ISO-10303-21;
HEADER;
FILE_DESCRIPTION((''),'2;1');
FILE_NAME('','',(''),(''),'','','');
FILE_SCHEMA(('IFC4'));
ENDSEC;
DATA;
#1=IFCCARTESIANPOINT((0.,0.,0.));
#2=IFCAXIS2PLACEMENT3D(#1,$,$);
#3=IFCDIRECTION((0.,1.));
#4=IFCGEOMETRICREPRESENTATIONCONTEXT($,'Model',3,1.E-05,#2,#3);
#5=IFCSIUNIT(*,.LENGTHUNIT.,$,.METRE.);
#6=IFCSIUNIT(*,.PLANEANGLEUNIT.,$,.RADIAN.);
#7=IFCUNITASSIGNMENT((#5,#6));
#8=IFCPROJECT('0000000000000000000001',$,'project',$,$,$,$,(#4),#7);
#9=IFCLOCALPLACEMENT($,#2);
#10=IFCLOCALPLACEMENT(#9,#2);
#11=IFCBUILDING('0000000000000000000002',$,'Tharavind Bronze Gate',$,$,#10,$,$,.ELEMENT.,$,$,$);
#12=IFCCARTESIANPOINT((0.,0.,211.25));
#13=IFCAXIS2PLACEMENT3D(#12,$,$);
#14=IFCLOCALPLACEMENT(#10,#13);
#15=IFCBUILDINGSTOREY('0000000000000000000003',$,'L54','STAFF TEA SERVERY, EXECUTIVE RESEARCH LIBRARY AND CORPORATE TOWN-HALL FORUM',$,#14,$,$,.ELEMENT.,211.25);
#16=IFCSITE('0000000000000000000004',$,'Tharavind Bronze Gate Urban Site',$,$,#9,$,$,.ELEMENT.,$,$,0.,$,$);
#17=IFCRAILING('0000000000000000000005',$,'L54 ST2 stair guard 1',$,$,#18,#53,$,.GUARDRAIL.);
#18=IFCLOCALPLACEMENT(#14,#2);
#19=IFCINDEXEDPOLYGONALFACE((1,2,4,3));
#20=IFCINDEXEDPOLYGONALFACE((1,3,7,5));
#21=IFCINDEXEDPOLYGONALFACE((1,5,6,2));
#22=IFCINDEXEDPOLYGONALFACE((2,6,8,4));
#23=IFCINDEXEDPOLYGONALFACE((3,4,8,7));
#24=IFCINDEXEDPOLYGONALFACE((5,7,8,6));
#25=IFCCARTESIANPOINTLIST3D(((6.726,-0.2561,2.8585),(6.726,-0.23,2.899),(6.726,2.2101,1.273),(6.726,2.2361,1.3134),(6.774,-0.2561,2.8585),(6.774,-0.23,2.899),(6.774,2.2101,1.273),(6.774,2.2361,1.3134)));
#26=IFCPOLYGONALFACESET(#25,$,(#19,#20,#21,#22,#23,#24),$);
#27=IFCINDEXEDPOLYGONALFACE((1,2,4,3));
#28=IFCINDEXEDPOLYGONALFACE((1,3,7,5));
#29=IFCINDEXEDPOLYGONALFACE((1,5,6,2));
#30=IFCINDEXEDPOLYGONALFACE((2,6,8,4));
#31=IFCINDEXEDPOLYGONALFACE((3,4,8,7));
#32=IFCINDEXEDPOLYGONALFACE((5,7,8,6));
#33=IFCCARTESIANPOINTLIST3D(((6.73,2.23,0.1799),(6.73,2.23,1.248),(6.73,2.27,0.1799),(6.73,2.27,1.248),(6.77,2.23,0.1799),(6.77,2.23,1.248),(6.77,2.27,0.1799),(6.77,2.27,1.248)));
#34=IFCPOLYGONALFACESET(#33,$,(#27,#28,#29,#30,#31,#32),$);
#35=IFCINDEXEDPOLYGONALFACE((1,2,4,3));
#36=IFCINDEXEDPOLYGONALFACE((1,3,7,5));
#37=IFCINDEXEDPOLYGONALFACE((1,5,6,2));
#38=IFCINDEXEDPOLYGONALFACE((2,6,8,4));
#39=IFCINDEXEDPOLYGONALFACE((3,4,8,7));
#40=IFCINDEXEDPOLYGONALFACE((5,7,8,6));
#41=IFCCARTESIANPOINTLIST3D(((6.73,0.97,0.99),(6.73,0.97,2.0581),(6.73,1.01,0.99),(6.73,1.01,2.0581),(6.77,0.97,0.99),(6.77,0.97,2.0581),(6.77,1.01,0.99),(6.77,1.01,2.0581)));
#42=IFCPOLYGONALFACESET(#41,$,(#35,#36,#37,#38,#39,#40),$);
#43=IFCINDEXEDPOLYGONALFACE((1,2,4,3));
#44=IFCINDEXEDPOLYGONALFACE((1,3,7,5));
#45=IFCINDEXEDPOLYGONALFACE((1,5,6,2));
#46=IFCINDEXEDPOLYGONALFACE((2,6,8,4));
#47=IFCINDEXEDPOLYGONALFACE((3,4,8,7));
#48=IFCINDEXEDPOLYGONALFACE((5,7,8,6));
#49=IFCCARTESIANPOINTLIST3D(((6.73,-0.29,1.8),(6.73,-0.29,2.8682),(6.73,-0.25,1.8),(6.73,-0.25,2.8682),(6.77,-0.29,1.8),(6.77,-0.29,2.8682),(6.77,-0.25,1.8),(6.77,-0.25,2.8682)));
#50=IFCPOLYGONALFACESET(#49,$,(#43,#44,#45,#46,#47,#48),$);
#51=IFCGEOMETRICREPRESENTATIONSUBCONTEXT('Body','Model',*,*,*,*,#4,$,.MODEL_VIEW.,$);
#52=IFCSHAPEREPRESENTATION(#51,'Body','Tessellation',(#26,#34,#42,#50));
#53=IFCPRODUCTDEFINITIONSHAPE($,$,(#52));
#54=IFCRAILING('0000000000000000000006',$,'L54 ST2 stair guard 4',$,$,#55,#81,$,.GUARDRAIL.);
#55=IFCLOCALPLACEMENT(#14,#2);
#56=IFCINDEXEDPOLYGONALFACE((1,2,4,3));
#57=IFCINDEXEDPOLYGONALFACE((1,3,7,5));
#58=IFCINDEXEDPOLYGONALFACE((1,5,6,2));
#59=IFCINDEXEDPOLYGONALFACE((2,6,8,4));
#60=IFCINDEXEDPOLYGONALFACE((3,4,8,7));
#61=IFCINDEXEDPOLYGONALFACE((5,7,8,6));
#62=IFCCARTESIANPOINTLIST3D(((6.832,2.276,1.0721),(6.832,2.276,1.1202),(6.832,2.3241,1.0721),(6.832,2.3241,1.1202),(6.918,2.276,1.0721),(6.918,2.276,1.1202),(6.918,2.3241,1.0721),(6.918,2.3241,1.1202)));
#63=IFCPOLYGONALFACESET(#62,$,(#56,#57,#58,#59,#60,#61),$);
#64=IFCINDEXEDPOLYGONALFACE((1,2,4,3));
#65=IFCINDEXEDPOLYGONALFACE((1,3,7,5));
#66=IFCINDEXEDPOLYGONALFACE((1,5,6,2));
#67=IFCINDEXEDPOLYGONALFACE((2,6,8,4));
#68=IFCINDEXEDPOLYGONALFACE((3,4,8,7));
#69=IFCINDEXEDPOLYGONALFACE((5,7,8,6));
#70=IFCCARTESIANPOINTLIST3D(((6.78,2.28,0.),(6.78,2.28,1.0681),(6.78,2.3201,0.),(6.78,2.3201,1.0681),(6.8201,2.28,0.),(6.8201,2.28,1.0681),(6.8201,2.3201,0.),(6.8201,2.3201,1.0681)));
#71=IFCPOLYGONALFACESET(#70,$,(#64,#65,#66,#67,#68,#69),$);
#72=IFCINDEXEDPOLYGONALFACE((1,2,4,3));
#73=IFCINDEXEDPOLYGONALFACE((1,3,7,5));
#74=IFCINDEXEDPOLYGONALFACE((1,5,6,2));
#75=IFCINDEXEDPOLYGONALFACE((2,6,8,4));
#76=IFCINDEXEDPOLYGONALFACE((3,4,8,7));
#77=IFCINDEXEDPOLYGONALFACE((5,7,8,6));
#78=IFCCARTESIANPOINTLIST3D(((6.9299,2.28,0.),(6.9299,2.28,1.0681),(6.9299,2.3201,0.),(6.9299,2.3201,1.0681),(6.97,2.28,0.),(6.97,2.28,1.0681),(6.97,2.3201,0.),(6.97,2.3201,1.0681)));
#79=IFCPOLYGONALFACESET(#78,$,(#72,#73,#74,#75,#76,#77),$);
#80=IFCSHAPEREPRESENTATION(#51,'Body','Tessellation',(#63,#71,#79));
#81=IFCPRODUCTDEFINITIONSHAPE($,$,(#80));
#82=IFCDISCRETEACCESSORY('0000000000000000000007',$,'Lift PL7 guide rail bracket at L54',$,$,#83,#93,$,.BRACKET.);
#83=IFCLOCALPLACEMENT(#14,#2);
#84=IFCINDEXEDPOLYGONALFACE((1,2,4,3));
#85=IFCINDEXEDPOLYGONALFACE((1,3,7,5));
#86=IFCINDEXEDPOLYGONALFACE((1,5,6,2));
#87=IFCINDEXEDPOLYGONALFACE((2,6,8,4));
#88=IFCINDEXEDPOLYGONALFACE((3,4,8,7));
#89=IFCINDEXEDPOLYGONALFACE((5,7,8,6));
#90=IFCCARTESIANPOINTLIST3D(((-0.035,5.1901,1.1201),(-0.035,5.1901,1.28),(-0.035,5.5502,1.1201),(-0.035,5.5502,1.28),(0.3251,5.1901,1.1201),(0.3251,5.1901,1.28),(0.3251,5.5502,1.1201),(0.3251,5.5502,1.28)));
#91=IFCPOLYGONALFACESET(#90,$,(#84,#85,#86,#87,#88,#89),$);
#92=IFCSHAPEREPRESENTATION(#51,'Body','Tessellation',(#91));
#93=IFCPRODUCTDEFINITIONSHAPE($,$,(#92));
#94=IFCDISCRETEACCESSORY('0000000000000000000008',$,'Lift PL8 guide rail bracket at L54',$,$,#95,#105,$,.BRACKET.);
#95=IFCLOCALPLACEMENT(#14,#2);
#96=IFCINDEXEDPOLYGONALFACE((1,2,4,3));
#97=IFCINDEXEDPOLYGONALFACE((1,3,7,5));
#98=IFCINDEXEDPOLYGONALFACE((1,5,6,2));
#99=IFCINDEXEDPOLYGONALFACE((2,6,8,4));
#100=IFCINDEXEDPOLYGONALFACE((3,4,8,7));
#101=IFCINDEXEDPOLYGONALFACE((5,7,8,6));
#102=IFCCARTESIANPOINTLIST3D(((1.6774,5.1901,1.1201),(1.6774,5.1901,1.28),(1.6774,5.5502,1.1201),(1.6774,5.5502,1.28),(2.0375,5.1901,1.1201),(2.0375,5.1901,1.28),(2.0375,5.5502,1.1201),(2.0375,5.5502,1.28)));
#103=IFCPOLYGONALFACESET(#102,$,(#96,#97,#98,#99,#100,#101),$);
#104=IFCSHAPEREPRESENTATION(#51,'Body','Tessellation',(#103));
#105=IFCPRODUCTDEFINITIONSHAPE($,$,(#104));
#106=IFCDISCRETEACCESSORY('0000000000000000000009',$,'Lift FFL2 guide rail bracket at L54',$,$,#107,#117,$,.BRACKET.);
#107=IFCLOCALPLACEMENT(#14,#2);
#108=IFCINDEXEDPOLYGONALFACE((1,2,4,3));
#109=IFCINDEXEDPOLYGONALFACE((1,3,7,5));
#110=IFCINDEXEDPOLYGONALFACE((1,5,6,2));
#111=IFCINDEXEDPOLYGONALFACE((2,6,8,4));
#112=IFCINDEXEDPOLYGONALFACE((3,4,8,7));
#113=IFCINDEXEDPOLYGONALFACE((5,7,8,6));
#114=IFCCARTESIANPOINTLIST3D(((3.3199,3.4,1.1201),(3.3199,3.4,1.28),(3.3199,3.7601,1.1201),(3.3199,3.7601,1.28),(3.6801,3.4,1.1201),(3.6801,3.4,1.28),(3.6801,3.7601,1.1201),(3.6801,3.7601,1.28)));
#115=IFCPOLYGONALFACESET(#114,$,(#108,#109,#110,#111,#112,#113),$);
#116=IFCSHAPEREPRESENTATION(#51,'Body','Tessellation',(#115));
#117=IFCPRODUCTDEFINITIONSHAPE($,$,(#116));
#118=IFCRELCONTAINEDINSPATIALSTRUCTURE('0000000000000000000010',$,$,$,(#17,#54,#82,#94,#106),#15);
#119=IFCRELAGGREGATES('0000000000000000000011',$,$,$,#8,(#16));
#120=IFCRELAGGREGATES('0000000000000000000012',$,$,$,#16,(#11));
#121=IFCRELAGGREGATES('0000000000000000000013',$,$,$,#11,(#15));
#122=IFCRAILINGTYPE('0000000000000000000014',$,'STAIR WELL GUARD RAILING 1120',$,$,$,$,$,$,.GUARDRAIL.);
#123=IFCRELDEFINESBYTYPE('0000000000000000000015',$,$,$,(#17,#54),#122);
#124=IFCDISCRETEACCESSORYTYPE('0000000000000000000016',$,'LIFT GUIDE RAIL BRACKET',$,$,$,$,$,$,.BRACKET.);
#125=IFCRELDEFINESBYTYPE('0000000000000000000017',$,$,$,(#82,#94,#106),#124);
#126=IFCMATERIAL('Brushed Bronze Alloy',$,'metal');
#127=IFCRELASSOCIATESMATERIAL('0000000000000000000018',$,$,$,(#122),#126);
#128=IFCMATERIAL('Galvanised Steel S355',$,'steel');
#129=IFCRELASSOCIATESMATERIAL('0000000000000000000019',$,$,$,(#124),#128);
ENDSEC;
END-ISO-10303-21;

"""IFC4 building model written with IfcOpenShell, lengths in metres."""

from ifc_helpers import new_model, si_unit, direction, frame, origin, origin_2d, place, context, subcontext, project, spatial, rectangle, extrude, material, type_object, element, save


model = new_model("IFC4")

# Units and contexts
model_context = context("Model", 3, precision=1e-05, world=origin(), true_north=direction((0.0, 1.0)))
body_context = subcontext(model_context, "Body", "Model", "MODEL_VIEW")
ifc_project = project(units=[si_unit("LENGTHUNIT", "METRE"), si_unit("PLANEANGLEUNIT", "RADIAN")], contexts=[model_context])

# Site, building, storey
site_placement = place(None, origin())
site = spatial("IfcSite", under=ifc_project, at=site_placement, Name="Tharavind Bronze Gate Urban Site", CompositionType="ELEMENT", RefElevation=0.0)
building_placement = place(site_placement, origin())
building = spatial("IfcBuilding", under=site, at=building_placement, Name="Tharavind Bronze Gate", CompositionType="ELEMENT")
storey_placement = place(building_placement, frame((0.0, 0.0, 211.25)))
storey = spatial("IfcBuildingStorey", under=building, at=storey_placement, Name="L54", Description="STAFF TEA SERVERY, EXECUTIVE RESEARCH LIBRARY AND CORPORATE TOWN-HALL FORUM", CompositionType="ELEMENT", Elevation=211.25)

# Railings
ifc_material_1 = material(Name="Brushed Bronze Alloy", Category="metal")
railing_type_1 = type_object("IfcRailingType", Name="STAIR WELL GUARD RAILING 1120", PredefinedType="GUARDRAIL", material=ifc_material_1)
railing_1_placement = place(storey_placement, frame((6.75, 2.25, 0.1799)))
element("IfcRailing", 1, at=railing_1_placement, inside=storey, type_object=railing_type_1, Name="L54 ST2 stair guard 1", PredefinedType="GUARDRAIL", context=body_context, shape_type="SweptSolid", body=[
    extrude(rectangle(XDim=0.0481, YDim=0.0481, at=origin_2d()), frame((0.0, -0.0269, 1.1133), z_axis=(0.0, -0.841163, 0.540782), x_axis=(1.0, 0.0, 0.0)), (0.0, 0.0, 1.0), 2.9319),
    extrude(rectangle(XDim=0.04, YDim=0.04, at=origin_2d()), origin(), (0.0, 0.0, 1.0), 1.0681),
    extrude(rectangle(XDim=0.04, YDim=0.04, at=origin_2d()), frame((0.0, -1.26, 0.8101)), (0.0, 0.0, 1.0), 1.0681),
    extrude(rectangle(XDim=0.04, YDim=0.04, at=origin_2d()), frame((0.0, -2.52, 1.6201)), (0.0, 0.0, 1.0), 1.0681),
])
railing_2_placement = place(storey_placement, frame((6.8, 2.3, 0.0)))
element("IfcRailing", 2, at=railing_2_placement, inside=storey, type_object=railing_type_1, Name="L54 ST2 stair guard 4", PredefinedType="GUARDRAIL", context=body_context, shape_type="SweptSolid", body=[
    extrude(rectangle(XDim=0.0481, YDim=0.0481, at=origin_2d()), frame((0.032, 0.0, 1.0962), z_axis=(1.0, 0.0, 0.0), x_axis=(0.0, 1.0, 0.0)), (0.0, 0.0, 1.0), 0.0859),
    extrude(rectangle(XDim=0.04, YDim=0.04, at=origin_2d()), origin(), (0.0, 0.0, 1.0), 1.0681),
    extrude(rectangle(XDim=0.04, YDim=0.04, at=origin_2d()), frame((0.1499, 0.0, 0.0)), (0.0, 0.0, 1.0), 1.0681),
])

# Discrete accessories
ifc_material_2 = material(Name="Galvanised Steel S355", Category="steel")
discrete_accessory_type = type_object("IfcDiscreteAccessoryType", Name="LIFT GUIDE RAIL BRACKET", PredefinedType="BRACKET", material=ifc_material_2)
for number, where, z_axis, x_axis, name in (
    (3, (0.145, 5.3701, 1.1201), (0.0, 0.0, 1.0), (1.0, 0.0, 0.0), "Lift PL7 guide rail bracket at L54"),
    (4, (1.8574, 5.3701, 1.1201), (0.0, 0.0, 1.0), (1.0, 0.0, 0.0), "Lift PL8 guide rail bracket at L54"),
    (5, (3.5, 3.5801, 1.1201), (0.0, 0.0, 1.0), (1.0, 0.0, 0.0), "Lift FFL2 guide rail bracket at L54"),
):
    element("IfcDiscreteAccessory", number, at=place(storey_placement, frame(where, z_axis=z_axis, x_axis=x_axis)), inside=storey, type_object=discrete_accessory_type, Name=name, PredefinedType="BRACKET", context=body_context, shape_type="SweptSolid", body=[
        extrude(rectangle(XDim=0.3601, YDim=0.3601, at=origin_2d()), origin(), (0.0, 0.0, 1.0), 0.1599),
    ])

save(model, "model.ifc")
